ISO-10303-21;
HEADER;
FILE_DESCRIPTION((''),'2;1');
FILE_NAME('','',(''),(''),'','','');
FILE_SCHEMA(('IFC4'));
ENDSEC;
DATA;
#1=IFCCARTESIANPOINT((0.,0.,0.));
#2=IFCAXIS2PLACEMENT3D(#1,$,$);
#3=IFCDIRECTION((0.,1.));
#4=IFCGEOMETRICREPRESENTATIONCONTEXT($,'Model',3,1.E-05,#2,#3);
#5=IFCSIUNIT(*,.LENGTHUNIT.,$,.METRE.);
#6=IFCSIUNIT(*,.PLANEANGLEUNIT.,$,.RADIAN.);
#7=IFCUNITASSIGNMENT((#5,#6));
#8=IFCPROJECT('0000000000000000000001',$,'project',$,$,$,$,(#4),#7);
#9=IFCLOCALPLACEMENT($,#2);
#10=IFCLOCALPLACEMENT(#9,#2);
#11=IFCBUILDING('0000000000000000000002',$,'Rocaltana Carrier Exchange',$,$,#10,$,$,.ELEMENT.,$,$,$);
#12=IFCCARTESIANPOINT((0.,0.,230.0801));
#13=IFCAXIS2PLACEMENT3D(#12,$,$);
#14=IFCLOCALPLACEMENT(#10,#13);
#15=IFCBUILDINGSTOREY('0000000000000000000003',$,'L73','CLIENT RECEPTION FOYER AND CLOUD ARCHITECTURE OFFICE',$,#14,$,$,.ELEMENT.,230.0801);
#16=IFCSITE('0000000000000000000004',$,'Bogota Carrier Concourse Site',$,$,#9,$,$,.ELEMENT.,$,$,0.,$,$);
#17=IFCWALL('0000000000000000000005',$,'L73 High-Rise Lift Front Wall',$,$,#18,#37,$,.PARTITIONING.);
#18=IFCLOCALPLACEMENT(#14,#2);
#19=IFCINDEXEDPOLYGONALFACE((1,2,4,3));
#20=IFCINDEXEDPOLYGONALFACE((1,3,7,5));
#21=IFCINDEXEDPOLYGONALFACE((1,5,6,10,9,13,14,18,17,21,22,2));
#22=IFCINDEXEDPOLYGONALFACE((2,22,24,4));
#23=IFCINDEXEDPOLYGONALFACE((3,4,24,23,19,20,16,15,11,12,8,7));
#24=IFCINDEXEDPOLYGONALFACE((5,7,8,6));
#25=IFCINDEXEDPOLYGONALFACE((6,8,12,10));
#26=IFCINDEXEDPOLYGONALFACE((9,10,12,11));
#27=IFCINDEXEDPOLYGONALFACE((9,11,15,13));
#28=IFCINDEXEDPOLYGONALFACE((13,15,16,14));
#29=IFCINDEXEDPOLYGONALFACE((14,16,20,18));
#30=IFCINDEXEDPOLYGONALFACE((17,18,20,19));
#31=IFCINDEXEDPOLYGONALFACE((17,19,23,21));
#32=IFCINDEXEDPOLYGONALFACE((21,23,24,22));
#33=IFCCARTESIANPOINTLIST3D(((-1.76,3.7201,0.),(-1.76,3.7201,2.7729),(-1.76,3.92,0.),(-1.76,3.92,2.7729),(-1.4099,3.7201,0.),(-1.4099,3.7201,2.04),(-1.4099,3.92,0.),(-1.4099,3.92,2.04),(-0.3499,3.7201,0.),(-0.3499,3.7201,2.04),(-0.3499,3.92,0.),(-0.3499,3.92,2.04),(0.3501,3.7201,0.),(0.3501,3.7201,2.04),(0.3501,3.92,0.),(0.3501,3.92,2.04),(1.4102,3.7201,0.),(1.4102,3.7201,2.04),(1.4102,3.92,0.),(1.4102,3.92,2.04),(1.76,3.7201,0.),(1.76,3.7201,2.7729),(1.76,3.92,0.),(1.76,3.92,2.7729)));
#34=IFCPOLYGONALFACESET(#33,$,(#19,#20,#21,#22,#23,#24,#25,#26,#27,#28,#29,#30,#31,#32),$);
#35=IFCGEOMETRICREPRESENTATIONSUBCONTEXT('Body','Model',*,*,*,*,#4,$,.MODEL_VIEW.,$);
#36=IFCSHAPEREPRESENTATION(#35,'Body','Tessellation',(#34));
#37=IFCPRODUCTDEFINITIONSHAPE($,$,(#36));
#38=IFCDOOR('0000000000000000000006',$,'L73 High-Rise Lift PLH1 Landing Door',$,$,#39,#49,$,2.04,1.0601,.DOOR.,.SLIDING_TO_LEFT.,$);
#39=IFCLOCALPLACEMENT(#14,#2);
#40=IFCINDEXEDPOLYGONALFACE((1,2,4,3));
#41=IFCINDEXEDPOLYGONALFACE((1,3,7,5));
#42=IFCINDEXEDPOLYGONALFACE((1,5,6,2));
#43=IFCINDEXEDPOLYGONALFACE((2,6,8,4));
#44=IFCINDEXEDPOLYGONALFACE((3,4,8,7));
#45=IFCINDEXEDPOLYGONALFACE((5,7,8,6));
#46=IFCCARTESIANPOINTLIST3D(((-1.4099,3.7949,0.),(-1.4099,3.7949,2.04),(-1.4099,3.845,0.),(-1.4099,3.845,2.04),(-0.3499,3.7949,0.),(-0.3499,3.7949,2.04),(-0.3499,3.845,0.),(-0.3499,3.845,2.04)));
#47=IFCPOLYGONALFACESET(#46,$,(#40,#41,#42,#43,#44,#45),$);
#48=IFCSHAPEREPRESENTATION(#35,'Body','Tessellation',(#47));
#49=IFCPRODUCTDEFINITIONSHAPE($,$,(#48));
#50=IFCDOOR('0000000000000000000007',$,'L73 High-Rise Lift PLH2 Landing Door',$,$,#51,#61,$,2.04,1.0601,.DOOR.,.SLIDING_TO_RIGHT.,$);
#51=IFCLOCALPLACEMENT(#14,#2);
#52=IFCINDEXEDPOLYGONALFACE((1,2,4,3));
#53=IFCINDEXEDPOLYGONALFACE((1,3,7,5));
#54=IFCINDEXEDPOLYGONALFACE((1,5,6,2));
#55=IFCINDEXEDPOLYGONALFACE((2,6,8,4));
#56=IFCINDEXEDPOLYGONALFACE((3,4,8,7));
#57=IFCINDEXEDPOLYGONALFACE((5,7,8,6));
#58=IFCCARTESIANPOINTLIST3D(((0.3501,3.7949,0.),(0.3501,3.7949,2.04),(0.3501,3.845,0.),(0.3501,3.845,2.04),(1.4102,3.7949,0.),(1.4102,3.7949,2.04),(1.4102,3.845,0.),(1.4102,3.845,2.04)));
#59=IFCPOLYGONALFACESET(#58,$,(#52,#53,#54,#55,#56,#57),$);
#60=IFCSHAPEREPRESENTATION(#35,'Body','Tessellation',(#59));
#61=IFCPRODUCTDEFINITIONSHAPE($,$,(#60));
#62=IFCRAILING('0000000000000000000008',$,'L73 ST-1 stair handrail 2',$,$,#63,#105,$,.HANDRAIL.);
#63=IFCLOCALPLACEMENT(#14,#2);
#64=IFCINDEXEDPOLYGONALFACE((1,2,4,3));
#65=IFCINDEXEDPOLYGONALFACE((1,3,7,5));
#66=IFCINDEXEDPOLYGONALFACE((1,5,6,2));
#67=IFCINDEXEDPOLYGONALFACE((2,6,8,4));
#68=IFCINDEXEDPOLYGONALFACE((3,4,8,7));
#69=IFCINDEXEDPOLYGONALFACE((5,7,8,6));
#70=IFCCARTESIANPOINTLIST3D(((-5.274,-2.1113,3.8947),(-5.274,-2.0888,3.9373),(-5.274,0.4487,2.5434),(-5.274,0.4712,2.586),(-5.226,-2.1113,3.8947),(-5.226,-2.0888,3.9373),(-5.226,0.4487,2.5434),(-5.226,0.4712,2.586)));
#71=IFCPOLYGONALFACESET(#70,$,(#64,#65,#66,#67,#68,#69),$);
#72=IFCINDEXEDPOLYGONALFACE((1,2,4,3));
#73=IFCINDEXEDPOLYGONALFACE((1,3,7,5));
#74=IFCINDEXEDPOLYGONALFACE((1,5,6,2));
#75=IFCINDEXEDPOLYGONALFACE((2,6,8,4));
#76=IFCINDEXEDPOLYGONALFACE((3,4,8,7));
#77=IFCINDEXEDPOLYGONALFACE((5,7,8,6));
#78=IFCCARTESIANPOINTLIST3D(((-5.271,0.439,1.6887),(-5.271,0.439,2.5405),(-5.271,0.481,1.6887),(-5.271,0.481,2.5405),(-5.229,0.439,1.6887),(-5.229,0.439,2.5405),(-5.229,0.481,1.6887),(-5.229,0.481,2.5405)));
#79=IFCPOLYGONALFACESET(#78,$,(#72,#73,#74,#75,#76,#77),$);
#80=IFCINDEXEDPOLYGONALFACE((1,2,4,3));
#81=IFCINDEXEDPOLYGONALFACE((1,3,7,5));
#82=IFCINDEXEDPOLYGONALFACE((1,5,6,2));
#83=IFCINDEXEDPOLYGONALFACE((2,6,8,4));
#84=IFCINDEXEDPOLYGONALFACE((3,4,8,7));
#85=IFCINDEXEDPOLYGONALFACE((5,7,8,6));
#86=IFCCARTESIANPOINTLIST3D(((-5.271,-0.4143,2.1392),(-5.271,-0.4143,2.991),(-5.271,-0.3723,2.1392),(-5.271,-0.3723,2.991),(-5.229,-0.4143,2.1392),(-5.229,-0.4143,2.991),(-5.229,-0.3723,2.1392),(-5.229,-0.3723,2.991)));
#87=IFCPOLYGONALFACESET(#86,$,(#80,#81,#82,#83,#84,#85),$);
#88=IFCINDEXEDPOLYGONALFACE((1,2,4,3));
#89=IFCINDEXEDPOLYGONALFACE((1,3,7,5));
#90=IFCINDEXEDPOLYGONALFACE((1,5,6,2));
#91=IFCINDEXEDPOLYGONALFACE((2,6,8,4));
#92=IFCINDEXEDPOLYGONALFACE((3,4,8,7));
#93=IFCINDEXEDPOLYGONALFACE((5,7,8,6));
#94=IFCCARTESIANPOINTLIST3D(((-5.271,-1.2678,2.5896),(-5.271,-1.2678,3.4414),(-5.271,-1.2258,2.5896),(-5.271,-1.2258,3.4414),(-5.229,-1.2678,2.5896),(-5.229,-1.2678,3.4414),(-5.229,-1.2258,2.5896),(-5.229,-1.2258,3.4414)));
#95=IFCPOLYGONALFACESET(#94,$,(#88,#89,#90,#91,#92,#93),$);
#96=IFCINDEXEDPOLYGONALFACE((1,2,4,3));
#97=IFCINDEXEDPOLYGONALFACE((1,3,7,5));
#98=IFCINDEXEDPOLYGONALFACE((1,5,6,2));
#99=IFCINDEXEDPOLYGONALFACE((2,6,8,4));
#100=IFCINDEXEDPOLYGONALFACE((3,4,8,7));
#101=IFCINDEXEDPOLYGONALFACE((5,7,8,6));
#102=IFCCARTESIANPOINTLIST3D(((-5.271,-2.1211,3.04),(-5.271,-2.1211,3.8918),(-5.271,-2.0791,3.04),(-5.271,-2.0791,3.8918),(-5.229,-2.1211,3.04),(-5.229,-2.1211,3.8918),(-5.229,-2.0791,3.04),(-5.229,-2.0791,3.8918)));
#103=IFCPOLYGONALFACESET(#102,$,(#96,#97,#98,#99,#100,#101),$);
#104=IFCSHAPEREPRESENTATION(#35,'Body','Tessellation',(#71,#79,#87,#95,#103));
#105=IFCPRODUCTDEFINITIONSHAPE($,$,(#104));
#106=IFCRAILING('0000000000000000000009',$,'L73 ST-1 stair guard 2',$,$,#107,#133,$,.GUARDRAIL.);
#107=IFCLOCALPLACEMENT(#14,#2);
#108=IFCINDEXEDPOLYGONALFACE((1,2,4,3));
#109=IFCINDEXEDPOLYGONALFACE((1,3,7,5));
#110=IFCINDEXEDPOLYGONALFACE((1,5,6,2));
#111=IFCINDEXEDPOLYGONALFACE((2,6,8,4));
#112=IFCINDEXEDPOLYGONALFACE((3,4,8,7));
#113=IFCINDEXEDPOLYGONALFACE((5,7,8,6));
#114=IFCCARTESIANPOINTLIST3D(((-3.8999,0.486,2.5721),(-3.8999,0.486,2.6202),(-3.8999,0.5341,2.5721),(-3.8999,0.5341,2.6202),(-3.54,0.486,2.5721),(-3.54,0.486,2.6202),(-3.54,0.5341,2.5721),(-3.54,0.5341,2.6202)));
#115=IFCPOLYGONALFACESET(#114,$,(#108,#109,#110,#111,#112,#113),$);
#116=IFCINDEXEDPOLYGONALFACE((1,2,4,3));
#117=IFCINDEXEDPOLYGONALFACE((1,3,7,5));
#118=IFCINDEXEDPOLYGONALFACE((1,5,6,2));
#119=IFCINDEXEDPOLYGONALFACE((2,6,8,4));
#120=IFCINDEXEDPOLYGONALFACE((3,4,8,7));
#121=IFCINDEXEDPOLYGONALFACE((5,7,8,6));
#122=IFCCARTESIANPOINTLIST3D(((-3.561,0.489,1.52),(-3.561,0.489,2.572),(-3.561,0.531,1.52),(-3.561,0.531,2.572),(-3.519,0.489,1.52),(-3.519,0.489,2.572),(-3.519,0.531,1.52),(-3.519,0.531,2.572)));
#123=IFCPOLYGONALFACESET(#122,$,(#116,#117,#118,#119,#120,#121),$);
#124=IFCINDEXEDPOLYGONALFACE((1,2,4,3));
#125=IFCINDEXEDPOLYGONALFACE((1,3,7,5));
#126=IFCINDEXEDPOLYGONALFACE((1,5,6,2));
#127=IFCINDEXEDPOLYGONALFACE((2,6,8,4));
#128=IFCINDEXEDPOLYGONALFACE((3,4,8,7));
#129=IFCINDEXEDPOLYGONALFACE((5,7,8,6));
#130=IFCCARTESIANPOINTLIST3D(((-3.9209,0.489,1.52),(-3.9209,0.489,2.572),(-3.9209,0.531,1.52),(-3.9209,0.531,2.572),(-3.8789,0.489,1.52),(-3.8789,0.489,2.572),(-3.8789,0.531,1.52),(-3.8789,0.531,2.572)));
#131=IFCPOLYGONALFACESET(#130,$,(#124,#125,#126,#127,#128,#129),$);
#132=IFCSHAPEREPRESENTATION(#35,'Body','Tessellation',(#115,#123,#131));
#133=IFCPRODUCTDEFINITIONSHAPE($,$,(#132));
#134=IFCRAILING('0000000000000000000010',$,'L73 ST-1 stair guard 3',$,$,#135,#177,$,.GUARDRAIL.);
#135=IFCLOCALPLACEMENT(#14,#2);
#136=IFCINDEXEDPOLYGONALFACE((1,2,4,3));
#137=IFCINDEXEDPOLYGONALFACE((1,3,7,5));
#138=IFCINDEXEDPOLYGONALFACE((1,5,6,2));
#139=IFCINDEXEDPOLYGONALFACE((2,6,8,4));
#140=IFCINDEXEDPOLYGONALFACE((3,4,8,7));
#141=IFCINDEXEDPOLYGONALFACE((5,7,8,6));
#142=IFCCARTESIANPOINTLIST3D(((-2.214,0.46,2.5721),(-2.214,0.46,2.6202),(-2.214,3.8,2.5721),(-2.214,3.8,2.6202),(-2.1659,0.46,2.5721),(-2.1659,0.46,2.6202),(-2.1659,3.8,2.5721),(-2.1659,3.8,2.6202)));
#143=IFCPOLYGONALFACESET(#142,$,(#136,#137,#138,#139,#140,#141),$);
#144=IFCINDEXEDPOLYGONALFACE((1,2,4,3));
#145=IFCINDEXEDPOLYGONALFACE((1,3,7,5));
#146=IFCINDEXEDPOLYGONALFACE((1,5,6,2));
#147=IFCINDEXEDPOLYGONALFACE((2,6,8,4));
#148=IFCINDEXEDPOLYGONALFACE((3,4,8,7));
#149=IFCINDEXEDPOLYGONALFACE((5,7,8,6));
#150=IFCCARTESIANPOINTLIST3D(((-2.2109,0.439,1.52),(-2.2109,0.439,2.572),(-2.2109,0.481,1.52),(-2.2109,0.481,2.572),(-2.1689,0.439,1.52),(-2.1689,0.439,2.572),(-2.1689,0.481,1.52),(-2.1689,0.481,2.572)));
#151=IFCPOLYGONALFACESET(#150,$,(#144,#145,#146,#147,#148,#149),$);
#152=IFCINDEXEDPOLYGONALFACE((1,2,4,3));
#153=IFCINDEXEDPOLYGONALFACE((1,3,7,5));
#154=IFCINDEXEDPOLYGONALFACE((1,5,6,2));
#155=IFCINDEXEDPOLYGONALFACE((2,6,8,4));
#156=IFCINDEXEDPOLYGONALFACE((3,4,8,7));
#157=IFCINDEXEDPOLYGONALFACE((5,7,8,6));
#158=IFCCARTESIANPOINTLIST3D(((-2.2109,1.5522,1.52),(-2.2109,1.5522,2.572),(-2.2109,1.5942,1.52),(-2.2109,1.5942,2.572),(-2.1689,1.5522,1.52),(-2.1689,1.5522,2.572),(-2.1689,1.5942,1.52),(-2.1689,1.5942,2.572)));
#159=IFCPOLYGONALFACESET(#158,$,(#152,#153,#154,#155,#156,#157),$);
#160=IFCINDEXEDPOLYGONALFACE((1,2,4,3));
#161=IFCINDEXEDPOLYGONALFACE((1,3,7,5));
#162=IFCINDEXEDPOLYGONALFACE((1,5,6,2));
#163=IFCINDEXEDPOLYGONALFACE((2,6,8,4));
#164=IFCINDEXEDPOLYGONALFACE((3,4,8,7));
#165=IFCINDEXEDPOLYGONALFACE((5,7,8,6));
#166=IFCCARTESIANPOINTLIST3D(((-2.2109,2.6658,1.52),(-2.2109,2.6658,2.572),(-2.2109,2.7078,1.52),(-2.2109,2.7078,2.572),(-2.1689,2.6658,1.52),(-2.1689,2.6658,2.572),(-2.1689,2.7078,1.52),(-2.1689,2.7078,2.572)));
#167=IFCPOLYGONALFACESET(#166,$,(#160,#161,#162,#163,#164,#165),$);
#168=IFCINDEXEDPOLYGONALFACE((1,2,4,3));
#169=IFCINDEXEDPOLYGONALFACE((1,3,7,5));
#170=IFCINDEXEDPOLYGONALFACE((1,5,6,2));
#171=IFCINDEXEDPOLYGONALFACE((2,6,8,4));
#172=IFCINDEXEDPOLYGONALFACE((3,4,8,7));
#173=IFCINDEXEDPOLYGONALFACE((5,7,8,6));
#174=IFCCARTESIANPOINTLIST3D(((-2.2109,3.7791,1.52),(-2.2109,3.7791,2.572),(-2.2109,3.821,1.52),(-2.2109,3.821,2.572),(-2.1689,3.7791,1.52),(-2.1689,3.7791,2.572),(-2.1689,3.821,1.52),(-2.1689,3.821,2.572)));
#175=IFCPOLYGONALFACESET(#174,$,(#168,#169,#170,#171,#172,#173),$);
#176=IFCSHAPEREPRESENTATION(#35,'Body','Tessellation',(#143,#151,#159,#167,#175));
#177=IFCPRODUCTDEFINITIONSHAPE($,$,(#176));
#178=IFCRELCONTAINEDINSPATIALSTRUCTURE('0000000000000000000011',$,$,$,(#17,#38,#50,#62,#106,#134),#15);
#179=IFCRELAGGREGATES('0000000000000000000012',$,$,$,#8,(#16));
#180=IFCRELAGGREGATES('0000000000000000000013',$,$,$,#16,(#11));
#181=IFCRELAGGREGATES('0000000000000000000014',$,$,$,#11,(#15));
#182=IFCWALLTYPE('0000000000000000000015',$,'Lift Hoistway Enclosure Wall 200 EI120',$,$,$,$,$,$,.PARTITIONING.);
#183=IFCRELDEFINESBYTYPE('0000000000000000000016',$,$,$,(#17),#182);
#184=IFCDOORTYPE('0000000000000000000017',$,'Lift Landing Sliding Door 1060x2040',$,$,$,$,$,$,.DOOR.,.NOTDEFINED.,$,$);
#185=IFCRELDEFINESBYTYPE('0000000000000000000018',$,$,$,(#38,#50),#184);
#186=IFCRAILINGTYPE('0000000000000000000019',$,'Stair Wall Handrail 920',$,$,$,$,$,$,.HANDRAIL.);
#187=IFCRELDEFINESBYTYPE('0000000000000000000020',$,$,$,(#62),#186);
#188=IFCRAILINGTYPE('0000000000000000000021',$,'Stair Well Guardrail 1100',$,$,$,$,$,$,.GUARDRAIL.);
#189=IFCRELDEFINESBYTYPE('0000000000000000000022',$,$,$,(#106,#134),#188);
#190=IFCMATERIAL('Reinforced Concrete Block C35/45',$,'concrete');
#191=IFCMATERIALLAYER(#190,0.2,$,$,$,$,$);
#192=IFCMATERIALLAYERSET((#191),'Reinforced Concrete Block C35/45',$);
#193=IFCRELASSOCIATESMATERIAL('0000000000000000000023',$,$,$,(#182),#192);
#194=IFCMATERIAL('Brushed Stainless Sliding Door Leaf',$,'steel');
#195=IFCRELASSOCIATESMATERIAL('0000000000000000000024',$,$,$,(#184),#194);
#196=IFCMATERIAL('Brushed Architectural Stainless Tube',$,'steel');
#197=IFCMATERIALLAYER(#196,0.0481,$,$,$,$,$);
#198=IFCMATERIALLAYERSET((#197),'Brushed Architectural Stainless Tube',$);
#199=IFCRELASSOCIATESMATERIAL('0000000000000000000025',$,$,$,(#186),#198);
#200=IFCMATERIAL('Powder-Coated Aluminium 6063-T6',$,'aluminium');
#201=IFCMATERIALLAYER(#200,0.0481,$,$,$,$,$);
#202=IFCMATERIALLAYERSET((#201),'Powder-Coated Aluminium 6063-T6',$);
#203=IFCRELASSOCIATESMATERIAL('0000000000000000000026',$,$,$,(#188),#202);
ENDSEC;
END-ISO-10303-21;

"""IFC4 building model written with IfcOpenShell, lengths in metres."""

from ifc_helpers import new_model, si_unit, direction, frame, frame_2d, origin, origin_2d, place, context, subcontext, project, spatial, rectangle, extrude, material, layer, layer_set, type_object, element, fill, save


model = new_model("IFC4")

# Units and contexts
model_context = context("Model", 3, precision=1e-05, world=origin(), true_north=direction((0.0, 1.0)))
body_context = subcontext(model_context, "Body", "Model", "MODEL_VIEW")
ifc_project = project(units=[si_unit("LENGTHUNIT", "METRE"), si_unit("PLANEANGLEUNIT", "RADIAN")], contexts=[model_context])

# Site, building, storey
site_placement = place(None, origin())
site = spatial("IfcSite", under=ifc_project, at=site_placement, Name="Bogota Carrier Concourse Site", CompositionType="ELEMENT", RefElevation=0.0)
building_placement = place(site_placement, origin())
building = spatial("IfcBuilding", under=site, at=building_placement, Name="Rocaltana Carrier Exchange", CompositionType="ELEMENT")
storey_placement = place(building_placement, frame((0.0, 0.0, 230.0801)))
storey = spatial("IfcBuildingStorey", under=building, at=storey_placement, Name="L73", Description="CLIENT RECEPTION FOYER AND CLOUD ARCHITECTURE OFFICE", CompositionType="ELEMENT", Elevation=230.0801)

# Shared definitions
ifc_material_1 = material(Name="Reinforced Concrete Block C35/45", Category="concrete")
ifc_layer_1 = layer(ifc_material_1, 0.2)
ifc_layer_set_1 = layer_set([ifc_layer_1], Name="Reinforced Concrete Block C35/45")
wall_type_1 = type_object("IfcWallType", Name="Lift Hoistway Enclosure Wall 200 EI120", PredefinedType="PARTITIONING", material=ifc_layer_set_1)

# Wall, openings, doors
wall_1_placement = place(storey_placement, frame((-1.76, 3.8201, 0.0), z_axis=(0.0, 0.0, 1.0), x_axis=(1.0, 0.0, 0.0)))
wall_1 = element("IfcWall", 1, at=wall_1_placement, inside=storey, type_object=wall_type_1, Name="L73 High-Rise Lift Front Wall", PredefinedType="PARTITIONING", context=body_context, shape_type="SweptSolid", body=[
    extrude(rectangle(XDim=3.52, YDim=0.2, at=frame_2d((1.76, 0.0))), origin(), (0.0, 0.0, 1.0), 2.7729),
])
opening_1_placement = place(wall_1_placement, frame((0.3501, 0.0, 0.0)))
opening_1 = element("IfcOpeningElement", 2, at=opening_1_placement, cuts=wall_1, PredefinedType="OPENING", context=body_context, shape_type="SweptSolid", body=[
    extrude(rectangle(XDim=1.0601, YDim=2.04, at=frame_2d((0.53, 1.02))), frame((0.0, 0.1099, 0.0), z_axis=(0.0, -1.0, 0.0), x_axis=(1.0, 0.0, 0.0)), (0.0, 0.0, 1.0), 0.22),
])
opening_2_placement = place(wall_1_placement, frame((2.1101, 0.0, 0.0)))
opening_2 = element("IfcOpeningElement", 3, at=opening_2_placement, cuts=wall_1, PredefinedType="OPENING", context=body_context, shape_type="SweptSolid", body=[
    extrude(rectangle(XDim=1.0601, YDim=2.04, at=frame_2d((0.53, 1.02))), frame((0.0, 0.1099, 0.0), z_axis=(0.0, -1.0, 0.0), x_axis=(1.0, 0.0, 0.0)), (0.0, 0.0, 1.0), 0.22),
])
ifc_material_2 = material(Name="Brushed Stainless Sliding Door Leaf", Category="steel")
door_type = type_object("IfcDoorType", Name="Lift Landing Sliding Door 1060x2040", OperationType="NOTDEFINED", PredefinedType="DOOR", material=ifc_material_2)
door_1_placement = place(opening_1_placement, origin())
door_1 = element("IfcDoor", 4, at=door_1_placement, inside=storey, type_object=door_type, Name="L73 High-Rise Lift PLH1 Landing Door", OperationType="SLIDING_TO_LEFT", OverallHeight=2.04, OverallWidth=1.0601, PredefinedType="DOOR", context=body_context, shape_type="SweptSolid", body=[
    extrude(rectangle(XDim=1.0601, YDim=2.04, at=frame_2d((0.53, 1.02))), frame((0.0, 0.0249, 0.0), z_axis=(0.0, -1.0, 0.0), x_axis=(1.0, 0.0, 0.0)), (0.0, 0.0, 1.0), 0.05),
])
fill(opening_1, door_1)
door_2_placement = place(opening_2_placement, origin())
door_2 = element("IfcDoor", 5, at=door_2_placement, inside=storey, type_object=door_type, Name="L73 High-Rise Lift PLH2 Landing Door", OperationType="SLIDING_TO_RIGHT", OverallHeight=2.04, OverallWidth=1.0601, PredefinedType="DOOR", context=body_context, shape_type="SweptSolid", body=[
    extrude(rectangle(XDim=1.0601, YDim=2.04, at=frame_2d((0.53, 1.02))), frame((0.0, 0.0249, 0.0), z_axis=(0.0, -1.0, 0.0), x_axis=(1.0, 0.0, 0.0)), (0.0, 0.0, 1.0), 0.05),
])
fill(opening_2, door_2)

# Railings
ifc_material_3 = material(Name="Brushed Architectural Stainless Tube", Category="steel")
ifc_layer_2 = layer(ifc_material_3, 0.0481)
ifc_layer_set_2 = layer_set([ifc_layer_2], Name="Brushed Architectural Stainless Tube")
railing_type_1 = type_object("IfcRailingType", Name="Stair Wall Handrail 920", PredefinedType="HANDRAIL", material=ifc_layer_set_2)
railing_1_placement = place(storey_placement, frame((-5.25, 0.46, 1.6887)))
element("IfcRailing", 6, at=railing_1_placement, inside=storey, type_object=railing_type_1, Name="L73 ST-1 stair handrail 2", PredefinedType="HANDRAIL", context=body_context, shape_type="SweptSolid", body=[
    extrude(rectangle(XDim=0.0481, YDim=0.0481, at=origin_2d()), frame((0.0, 0.0, 0.876), z_axis=(0.0, -0.88436, 0.466806), x_axis=(1.0, 0.0, 0.0)), (0.0, 0.0, 1.0), 2.8948),
    extrude(rectangle(XDim=0.042, YDim=0.042, at=origin_2d()), origin(), (0.0, 0.0, 1.0), 0.8518),
    extrude(rectangle(XDim=0.042, YDim=0.042, at=origin_2d()), frame((0.0, -0.8533, 0.4504)), (0.0, 0.0, 1.0), 0.8518),
    extrude(rectangle(XDim=0.042, YDim=0.042, at=origin_2d()), frame((0.0, -1.7068, 0.9009)), (0.0, 0.0, 1.0), 0.8518),
    extrude(rectangle(XDim=0.042, YDim=0.042, at=origin_2d()), frame((0.0, -2.5601, 1.3513)), (0.0, 0.0, 1.0), 0.8518),
])
ifc_material_4 = material(Name="Powder-Coated Aluminium 6063-T6", Category="aluminium")
ifc_layer_3 = layer(ifc_material_4, 0.0481)
ifc_layer_set_3 = layer_set([ifc_layer_3], Name="Powder-Coated Aluminium 6063-T6")
railing_type_2 = type_object("IfcRailingType", Name="Stair Well Guardrail 1100", PredefinedType="GUARDRAIL", material=ifc_layer_set_3)
railing_2_placement = place(storey_placement, frame((-3.54, 0.51, 1.52)))
element("IfcRailing", 7, at=railing_2_placement, inside=storey, type_object=railing_type_2, Name="L73 ST-1 stair guard 2", PredefinedType="GUARDRAIL", context=body_context, shape_type="SweptSolid", body=[
    extrude(rectangle(XDim=0.0481, YDim=0.0481, at=origin_2d()), frame((0.0, 0.0, 1.0762), z_axis=(-1.0, 0.0, 0.0), x_axis=(0.0, -1.0, 0.0)), (0.0, 0.0, 1.0), 0.3599),
    extrude(rectangle(XDim=0.042, YDim=0.042, at=origin_2d()), origin(), (0.0, 0.0, 1.0), 1.052),
    extrude(rectangle(XDim=0.042, YDim=0.042, at=origin_2d()), frame((-0.3599, 0.0, 0.0)), (0.0, 0.0, 1.0), 1.052),
])
for number, where, name in (
    (8, (-2.1899, 0.46, 1.52), "L73 ST-1 stair guard 3"),
):
    element("IfcRailing", number, at=place(storey_placement, frame(where)), inside=storey, type_object=railing_type_2, Name=name, PredefinedType="GUARDRAIL", context=body_context, shape_type="SweptSolid", body=[
        extrude(rectangle(XDim=0.0481, YDim=0.0481, at=origin_2d()), frame((0.0, 0.0, 1.0762), z_axis=(0.0, 1.0, 0.0), x_axis=(-1.0, 0.0, 0.0)), (0.0, 0.0, 1.0), 3.3401),
        extrude(rectangle(XDim=0.042, YDim=0.042, at=origin_2d()), origin(), (0.0, 0.0, 1.0), 1.052),
        extrude(rectangle(XDim=0.042, YDim=0.042, at=origin_2d()), frame((0.0, 1.1133, 0.0)), (0.0, 0.0, 1.0), 1.052),
        extrude(rectangle(XDim=0.042, YDim=0.042, at=origin_2d()), frame((0.0, 2.2268, 0.0)), (0.0, 0.0, 1.0), 1.052),
        extrude(rectangle(XDim=0.042, YDim=0.042, at=origin_2d()), frame((0.0, 3.3401, 0.0)), (0.0, 0.0, 1.0), 1.052),
    ])

save(model, "model.ifc")
